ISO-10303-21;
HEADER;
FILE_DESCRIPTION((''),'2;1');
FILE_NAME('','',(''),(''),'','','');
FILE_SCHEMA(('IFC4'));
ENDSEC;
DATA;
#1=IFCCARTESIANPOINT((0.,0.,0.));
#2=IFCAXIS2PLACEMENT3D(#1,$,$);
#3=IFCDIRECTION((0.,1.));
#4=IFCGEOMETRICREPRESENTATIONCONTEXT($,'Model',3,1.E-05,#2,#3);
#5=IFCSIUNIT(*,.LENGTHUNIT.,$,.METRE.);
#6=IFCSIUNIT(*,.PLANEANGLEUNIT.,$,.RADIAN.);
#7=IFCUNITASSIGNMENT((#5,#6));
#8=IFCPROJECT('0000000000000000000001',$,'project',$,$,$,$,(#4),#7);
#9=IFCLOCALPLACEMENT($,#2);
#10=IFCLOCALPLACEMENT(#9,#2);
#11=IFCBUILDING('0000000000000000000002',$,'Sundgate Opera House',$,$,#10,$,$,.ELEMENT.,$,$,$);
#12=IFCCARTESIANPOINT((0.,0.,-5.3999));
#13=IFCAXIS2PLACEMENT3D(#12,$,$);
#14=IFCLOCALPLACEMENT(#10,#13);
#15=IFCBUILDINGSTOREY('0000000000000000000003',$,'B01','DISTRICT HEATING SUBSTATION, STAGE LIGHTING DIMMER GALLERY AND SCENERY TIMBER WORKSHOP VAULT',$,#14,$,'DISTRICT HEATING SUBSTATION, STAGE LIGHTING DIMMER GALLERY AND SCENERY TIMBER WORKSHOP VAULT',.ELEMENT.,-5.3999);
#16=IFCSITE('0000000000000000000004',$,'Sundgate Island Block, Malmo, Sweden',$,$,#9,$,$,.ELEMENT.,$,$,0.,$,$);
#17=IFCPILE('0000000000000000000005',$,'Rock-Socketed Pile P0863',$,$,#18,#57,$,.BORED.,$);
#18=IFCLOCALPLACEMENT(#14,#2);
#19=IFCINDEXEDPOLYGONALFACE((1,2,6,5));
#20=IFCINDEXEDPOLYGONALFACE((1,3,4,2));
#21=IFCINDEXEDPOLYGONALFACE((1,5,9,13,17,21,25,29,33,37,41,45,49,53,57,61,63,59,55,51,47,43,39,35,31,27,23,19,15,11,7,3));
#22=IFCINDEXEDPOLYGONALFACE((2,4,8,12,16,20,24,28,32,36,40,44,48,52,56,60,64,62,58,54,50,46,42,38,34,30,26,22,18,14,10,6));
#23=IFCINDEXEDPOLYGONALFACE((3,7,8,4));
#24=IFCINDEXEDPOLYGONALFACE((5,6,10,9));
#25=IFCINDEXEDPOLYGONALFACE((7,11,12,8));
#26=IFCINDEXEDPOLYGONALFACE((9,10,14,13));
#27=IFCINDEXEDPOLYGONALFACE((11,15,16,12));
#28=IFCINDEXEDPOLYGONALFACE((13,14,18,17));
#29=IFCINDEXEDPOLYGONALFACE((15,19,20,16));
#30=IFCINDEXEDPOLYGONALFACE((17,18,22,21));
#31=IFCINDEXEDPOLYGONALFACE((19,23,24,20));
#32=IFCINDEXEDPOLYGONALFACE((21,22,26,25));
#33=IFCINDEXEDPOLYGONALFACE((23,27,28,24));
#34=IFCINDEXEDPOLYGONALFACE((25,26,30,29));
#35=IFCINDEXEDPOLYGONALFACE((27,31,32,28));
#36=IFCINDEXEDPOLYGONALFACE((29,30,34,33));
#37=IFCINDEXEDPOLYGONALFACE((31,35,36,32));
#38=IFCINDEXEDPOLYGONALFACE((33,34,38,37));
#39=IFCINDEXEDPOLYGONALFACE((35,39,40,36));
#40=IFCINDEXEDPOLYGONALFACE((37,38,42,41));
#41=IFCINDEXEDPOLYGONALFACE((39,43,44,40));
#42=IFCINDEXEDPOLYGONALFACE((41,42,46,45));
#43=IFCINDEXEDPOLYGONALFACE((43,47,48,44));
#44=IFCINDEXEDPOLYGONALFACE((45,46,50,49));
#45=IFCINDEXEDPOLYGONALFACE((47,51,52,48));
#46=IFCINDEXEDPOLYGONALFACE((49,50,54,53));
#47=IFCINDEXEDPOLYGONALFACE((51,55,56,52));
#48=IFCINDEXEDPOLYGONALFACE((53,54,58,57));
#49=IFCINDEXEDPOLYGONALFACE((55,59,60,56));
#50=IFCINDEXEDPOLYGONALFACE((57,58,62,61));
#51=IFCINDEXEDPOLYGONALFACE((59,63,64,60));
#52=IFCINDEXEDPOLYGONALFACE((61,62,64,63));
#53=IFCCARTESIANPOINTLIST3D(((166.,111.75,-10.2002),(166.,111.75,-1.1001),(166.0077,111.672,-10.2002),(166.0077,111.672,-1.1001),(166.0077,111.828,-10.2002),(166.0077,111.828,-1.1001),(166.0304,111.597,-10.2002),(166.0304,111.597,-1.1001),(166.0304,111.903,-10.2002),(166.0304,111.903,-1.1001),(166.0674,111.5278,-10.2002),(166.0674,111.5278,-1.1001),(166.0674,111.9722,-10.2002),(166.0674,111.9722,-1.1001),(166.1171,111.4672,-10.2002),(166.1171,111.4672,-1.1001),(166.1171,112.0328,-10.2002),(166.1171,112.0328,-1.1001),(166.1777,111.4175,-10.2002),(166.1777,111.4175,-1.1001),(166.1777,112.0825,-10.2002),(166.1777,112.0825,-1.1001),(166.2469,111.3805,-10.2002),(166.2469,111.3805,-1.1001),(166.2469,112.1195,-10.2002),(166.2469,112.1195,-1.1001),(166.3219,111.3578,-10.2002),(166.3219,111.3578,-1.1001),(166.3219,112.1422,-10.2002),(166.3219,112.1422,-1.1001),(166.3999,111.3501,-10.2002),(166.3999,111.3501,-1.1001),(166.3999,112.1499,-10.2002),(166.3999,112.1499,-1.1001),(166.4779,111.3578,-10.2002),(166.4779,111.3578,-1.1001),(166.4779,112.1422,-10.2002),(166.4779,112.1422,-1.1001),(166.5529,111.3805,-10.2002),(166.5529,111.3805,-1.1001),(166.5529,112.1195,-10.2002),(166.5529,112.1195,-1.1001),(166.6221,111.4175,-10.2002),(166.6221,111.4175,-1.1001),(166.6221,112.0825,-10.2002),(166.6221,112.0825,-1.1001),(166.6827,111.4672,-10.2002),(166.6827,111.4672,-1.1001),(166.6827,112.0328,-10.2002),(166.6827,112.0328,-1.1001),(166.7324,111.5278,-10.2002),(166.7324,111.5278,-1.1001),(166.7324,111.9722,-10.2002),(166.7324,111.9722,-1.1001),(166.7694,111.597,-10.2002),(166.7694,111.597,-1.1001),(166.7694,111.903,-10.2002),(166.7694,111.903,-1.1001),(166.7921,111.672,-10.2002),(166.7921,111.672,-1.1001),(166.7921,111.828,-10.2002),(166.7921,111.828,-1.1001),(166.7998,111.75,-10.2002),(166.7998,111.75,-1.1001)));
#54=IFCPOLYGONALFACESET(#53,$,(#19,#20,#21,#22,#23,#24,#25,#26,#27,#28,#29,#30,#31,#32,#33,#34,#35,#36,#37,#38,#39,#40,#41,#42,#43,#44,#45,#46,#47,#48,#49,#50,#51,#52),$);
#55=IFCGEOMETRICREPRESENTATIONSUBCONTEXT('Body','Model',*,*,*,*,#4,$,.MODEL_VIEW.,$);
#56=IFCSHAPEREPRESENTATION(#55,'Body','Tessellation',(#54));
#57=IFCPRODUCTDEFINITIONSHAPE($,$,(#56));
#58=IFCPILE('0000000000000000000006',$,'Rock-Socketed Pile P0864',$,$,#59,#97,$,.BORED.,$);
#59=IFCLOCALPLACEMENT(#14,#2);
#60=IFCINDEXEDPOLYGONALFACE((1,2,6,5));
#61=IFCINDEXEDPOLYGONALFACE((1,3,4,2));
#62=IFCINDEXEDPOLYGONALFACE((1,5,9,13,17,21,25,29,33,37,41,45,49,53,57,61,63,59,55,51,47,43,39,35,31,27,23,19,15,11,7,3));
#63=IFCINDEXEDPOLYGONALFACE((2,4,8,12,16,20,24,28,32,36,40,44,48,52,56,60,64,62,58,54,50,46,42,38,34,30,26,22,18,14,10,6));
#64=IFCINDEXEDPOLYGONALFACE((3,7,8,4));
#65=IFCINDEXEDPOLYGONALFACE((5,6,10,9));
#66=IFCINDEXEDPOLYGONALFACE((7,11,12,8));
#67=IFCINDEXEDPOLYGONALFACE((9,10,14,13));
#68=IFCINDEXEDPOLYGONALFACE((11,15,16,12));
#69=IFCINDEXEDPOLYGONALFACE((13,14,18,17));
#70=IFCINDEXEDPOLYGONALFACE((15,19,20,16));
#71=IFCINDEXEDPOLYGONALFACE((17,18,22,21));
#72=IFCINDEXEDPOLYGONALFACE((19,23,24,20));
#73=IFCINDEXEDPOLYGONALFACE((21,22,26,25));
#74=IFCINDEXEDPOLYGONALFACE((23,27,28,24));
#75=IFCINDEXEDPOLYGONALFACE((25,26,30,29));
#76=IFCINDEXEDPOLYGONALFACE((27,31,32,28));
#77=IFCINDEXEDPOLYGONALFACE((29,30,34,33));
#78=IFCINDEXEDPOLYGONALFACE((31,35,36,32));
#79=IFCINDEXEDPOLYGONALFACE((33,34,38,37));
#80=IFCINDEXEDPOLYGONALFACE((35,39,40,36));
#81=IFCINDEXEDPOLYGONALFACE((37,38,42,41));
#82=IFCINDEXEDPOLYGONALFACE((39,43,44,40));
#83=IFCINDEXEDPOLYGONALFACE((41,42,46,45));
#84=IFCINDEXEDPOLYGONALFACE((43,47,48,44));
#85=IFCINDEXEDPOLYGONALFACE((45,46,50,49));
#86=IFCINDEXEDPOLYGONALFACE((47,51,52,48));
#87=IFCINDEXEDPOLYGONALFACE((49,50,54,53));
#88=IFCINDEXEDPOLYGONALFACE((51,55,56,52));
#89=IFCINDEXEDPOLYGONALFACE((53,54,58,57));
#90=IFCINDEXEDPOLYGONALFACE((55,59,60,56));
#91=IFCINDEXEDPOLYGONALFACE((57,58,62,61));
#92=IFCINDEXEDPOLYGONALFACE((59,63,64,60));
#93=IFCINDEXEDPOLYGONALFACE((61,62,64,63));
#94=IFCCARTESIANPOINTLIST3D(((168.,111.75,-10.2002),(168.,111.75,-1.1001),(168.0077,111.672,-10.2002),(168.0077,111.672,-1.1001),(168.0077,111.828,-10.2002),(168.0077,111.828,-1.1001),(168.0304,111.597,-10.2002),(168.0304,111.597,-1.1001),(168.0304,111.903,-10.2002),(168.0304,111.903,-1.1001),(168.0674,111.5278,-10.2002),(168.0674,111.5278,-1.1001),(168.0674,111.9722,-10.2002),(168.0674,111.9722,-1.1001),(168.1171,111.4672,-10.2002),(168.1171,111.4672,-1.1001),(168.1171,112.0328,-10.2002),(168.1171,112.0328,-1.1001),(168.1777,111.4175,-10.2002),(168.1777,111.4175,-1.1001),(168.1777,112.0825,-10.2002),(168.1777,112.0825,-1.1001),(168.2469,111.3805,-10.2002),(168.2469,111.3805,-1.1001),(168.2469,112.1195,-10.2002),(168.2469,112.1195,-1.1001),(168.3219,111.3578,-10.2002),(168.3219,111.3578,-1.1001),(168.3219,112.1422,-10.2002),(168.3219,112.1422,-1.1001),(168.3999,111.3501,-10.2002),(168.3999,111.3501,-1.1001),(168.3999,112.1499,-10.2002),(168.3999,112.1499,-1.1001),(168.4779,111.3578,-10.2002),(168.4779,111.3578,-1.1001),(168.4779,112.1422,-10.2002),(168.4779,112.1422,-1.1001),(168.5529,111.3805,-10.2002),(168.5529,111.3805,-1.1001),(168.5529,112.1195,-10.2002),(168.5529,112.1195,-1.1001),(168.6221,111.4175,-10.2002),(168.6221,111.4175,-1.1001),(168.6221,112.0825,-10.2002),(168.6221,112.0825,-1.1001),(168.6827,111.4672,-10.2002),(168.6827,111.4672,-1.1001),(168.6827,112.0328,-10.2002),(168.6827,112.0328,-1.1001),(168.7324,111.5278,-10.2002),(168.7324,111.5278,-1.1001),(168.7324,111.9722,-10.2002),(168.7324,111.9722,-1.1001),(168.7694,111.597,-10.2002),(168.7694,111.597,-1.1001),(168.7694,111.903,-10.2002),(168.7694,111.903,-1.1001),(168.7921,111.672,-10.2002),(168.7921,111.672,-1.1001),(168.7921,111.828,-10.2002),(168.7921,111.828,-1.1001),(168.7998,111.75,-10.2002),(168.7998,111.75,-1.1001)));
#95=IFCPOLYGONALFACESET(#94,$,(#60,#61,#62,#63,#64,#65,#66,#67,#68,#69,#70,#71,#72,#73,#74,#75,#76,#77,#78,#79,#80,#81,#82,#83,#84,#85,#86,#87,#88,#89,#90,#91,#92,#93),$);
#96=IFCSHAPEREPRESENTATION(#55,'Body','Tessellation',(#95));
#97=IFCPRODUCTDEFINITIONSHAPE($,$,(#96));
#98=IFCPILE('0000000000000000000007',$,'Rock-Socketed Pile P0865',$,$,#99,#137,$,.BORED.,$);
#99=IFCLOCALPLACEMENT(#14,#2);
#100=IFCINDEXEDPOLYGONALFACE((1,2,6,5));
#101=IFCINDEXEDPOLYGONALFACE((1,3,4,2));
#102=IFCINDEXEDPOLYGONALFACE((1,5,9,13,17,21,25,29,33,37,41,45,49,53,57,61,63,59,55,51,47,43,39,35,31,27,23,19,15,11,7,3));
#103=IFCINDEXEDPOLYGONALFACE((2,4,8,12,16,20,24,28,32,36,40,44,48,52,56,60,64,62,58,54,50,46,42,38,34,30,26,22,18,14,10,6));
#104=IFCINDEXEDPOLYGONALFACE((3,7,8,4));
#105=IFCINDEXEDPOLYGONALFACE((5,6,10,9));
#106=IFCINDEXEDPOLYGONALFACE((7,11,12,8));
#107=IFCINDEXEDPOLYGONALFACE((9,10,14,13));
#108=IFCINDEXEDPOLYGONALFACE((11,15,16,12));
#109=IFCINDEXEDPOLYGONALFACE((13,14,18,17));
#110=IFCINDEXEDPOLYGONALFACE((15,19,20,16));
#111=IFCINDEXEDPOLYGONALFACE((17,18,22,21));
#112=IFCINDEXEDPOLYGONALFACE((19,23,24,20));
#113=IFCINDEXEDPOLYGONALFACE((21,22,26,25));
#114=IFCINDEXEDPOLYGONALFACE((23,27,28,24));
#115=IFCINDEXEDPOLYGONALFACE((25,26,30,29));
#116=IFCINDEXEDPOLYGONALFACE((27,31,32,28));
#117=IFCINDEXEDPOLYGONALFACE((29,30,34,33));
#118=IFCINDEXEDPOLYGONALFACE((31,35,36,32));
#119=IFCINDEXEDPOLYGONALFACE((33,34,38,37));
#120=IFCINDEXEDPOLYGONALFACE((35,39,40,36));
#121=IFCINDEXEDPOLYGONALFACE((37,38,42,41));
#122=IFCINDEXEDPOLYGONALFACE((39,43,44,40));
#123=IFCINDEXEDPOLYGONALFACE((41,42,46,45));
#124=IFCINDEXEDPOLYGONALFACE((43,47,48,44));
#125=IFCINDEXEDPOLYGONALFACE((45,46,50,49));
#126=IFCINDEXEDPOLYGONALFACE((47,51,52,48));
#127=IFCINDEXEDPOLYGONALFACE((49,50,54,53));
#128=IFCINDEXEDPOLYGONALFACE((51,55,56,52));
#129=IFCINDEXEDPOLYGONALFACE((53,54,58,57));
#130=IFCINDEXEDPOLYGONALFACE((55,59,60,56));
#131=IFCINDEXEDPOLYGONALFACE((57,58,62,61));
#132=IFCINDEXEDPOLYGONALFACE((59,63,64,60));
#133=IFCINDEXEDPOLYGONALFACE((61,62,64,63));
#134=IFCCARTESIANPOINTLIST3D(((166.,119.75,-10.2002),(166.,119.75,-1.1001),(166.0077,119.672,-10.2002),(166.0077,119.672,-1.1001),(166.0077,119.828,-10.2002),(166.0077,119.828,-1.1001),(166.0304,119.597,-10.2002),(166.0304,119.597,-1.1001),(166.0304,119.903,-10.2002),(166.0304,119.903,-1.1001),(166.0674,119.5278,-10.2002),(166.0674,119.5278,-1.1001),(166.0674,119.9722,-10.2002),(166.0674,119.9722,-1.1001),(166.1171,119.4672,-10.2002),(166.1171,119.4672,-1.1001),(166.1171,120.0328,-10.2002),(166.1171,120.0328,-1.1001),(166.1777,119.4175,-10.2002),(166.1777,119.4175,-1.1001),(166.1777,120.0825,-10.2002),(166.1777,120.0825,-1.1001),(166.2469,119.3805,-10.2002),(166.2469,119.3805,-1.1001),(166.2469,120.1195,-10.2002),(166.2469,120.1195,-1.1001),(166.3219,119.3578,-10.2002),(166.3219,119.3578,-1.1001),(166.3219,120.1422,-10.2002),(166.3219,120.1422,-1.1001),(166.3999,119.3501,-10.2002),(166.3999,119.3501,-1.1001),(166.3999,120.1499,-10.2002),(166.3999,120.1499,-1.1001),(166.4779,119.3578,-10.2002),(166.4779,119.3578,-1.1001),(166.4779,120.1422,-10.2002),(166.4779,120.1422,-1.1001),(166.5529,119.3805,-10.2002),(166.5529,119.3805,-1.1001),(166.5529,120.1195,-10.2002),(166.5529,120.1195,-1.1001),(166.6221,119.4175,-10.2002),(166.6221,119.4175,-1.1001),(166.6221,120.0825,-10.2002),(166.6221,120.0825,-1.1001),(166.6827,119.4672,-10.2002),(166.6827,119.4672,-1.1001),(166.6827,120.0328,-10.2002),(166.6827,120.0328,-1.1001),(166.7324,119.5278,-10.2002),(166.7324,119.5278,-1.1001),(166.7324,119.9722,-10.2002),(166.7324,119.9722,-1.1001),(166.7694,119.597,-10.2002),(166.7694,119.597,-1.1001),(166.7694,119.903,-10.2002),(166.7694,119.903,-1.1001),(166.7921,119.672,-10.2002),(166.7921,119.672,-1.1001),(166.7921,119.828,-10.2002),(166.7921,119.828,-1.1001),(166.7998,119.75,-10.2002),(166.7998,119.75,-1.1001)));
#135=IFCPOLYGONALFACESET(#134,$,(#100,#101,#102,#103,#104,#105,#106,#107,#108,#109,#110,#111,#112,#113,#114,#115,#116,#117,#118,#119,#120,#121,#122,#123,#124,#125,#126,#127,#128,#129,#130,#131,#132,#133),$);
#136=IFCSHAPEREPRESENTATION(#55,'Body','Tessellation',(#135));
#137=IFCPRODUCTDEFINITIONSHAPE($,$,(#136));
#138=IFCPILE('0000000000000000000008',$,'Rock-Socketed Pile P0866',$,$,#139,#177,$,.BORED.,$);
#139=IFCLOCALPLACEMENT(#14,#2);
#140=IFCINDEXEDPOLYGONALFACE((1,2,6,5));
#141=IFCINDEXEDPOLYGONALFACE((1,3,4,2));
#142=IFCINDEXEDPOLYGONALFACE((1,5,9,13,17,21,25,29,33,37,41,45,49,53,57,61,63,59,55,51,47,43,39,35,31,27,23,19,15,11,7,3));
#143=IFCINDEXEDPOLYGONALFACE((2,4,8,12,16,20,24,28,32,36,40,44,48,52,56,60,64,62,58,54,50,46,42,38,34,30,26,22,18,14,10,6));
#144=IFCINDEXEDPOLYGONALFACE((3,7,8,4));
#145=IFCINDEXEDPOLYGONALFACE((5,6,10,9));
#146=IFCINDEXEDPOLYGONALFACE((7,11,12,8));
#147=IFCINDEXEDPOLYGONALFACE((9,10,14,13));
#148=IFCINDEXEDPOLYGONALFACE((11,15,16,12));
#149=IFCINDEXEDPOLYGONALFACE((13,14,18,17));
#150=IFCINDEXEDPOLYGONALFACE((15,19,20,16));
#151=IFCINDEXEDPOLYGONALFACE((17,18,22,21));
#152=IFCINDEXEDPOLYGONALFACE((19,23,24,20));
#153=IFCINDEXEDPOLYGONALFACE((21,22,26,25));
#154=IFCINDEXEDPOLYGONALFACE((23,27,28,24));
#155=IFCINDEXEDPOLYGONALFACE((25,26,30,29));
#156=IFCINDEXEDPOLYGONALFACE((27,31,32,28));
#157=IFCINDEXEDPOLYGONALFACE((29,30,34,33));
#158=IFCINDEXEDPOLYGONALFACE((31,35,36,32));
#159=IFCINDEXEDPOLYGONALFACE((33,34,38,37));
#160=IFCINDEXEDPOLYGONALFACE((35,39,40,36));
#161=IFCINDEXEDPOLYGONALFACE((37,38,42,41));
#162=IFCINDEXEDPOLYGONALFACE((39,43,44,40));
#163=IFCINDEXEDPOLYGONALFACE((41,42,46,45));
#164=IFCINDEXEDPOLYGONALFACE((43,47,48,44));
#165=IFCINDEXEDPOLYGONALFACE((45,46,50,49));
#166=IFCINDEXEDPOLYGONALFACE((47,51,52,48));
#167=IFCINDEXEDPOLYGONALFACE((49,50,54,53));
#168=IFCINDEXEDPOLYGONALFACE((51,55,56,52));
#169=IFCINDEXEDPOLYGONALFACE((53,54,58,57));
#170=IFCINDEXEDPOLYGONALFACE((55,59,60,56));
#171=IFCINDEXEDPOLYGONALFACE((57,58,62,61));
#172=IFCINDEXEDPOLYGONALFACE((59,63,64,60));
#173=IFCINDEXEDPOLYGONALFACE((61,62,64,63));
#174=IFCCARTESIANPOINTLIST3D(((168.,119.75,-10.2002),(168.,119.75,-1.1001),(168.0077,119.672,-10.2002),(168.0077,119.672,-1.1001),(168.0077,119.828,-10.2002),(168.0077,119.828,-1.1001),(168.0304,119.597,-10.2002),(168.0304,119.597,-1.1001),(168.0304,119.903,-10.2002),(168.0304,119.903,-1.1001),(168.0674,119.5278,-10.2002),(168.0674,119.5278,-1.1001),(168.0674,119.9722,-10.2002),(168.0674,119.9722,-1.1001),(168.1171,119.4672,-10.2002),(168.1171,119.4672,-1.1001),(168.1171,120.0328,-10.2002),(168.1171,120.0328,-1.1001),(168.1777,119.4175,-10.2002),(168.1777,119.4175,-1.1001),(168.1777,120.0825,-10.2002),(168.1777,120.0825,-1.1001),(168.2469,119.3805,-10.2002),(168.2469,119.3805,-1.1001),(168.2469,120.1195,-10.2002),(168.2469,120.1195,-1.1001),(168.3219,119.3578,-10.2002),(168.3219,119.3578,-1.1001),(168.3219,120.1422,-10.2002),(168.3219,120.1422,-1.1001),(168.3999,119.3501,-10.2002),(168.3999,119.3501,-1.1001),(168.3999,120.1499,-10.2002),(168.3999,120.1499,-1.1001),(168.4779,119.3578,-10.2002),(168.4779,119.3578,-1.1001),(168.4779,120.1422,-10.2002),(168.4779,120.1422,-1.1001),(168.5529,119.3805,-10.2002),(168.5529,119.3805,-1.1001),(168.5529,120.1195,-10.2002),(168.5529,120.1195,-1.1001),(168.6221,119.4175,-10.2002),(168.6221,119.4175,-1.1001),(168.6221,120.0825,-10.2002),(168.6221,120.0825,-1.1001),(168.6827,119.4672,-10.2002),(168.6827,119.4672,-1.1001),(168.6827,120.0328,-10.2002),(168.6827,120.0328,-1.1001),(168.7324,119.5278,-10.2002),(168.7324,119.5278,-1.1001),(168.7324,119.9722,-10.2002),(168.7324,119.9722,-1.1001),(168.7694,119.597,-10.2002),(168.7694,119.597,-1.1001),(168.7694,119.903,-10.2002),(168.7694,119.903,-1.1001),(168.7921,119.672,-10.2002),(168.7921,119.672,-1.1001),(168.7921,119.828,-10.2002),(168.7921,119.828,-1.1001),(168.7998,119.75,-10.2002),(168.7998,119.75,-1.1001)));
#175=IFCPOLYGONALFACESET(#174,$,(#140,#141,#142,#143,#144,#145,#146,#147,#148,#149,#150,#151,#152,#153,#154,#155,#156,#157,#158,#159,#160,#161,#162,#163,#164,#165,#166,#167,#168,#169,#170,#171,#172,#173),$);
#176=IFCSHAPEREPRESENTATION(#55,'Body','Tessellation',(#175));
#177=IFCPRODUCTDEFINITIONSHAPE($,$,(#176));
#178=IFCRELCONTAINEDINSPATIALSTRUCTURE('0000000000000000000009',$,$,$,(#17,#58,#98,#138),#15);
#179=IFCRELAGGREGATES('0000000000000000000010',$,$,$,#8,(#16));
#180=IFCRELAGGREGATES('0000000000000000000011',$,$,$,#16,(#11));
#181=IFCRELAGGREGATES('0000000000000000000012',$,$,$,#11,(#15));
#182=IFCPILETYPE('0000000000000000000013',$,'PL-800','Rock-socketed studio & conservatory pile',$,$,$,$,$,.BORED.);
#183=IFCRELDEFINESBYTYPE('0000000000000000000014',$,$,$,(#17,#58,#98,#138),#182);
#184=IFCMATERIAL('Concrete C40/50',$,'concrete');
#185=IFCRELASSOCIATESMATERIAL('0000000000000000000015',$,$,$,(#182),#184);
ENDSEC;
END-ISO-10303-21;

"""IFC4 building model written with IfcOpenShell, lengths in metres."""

from ifc_helpers import new_model, si_unit, direction, frame, origin, origin_2d, place, context, subcontext, project, spatial, circle, extrude, material, material_profile, profile_set, type_object, element, save


model = new_model("IFC4")

# Units and contexts
model_context = context("Model", 3, precision=1e-05, world=origin(), true_north=direction((0.0, 1.0)))
body_context = subcontext(model_context, "Body", "Model", "MODEL_VIEW")
ifc_project = project(units=[si_unit("LENGTHUNIT", "METRE"), si_unit("PLANEANGLEUNIT", "RADIAN")], contexts=[model_context])

# Site, building, storey
site_placement = place(None, origin())
site = spatial("IfcSite", under=ifc_project, at=site_placement, Name="Sundgate Island Block, Malmo, Sweden", CompositionType="ELEMENT", RefElevation=0.0)
building_placement = place(site_placement, origin())
building = spatial("IfcBuilding", under=site, at=building_placement, Name="Sundgate Opera House", CompositionType="ELEMENT")
storey_placement = place(building_placement, frame((0.0, 0.0, -5.3999)))
storey = spatial("IfcBuildingStorey", under=building, at=storey_placement, Name="B01", Description="DISTRICT HEATING SUBSTATION, STAGE LIGHTING DIMMER GALLERY AND SCENERY TIMBER WORKSHOP VAULT", LongName="DISTRICT HEATING SUBSTATION, STAGE LIGHTING DIMMER GALLERY AND SCENERY TIMBER WORKSHOP VAULT", CompositionType="ELEMENT", Elevation=-5.3999)

# Piles
ifc_material_1 = material(Name="Concrete C40/50", Category="concrete")
ifc_material_profile_1 = material_profile(ifc_material_1, circle(Radius=0.3999, at=origin_2d()), Name="PILE D800")
ifc_profile_set_1 = profile_set([ifc_material_profile_1], Name="Concrete C40/50")
pile_type = type_object("IfcPileType", Name="PL-800", Description="Rock-socketed studio & conservatory pile", PredefinedType="BORED", material=ifc_profile_set_1)
for number, where, z_axis, x_axis, name in (
    (1, (166.3999, 111.75, -1.1001), (0.0, 0.0, -1.0), (1.0, 0.0, 0.0), "Rock-Socketed Pile P0863"),
    (2, (168.3999, 111.75, -1.1001), (0.0, 0.0, -1.0), (1.0, 0.0, 0.0), "Rock-Socketed Pile P0864"),
    (3, (166.3999, 119.75, -1.1001), (0.0, 0.0, -1.0), (1.0, 0.0, 0.0), "Rock-Socketed Pile P0865"),
    (4, (168.3999, 119.75, -1.1001), (0.0, 0.0, -1.0), (1.0, 0.0, 0.0), "Rock-Socketed Pile P0866"),
):
    element("IfcPile", number, at=place(storey_placement, frame(where, z_axis=z_axis, x_axis=x_axis)), inside=storey, type_object=pile_type, Name=name, PredefinedType="BORED", context=body_context, shape_type="SweptSolid", body=[
        extrude(circle(Radius=0.3999, at=origin_2d()), origin(), (0.0, 0.0, 1.0), 9.1001),
    ])

save(model, "model.ifc")
